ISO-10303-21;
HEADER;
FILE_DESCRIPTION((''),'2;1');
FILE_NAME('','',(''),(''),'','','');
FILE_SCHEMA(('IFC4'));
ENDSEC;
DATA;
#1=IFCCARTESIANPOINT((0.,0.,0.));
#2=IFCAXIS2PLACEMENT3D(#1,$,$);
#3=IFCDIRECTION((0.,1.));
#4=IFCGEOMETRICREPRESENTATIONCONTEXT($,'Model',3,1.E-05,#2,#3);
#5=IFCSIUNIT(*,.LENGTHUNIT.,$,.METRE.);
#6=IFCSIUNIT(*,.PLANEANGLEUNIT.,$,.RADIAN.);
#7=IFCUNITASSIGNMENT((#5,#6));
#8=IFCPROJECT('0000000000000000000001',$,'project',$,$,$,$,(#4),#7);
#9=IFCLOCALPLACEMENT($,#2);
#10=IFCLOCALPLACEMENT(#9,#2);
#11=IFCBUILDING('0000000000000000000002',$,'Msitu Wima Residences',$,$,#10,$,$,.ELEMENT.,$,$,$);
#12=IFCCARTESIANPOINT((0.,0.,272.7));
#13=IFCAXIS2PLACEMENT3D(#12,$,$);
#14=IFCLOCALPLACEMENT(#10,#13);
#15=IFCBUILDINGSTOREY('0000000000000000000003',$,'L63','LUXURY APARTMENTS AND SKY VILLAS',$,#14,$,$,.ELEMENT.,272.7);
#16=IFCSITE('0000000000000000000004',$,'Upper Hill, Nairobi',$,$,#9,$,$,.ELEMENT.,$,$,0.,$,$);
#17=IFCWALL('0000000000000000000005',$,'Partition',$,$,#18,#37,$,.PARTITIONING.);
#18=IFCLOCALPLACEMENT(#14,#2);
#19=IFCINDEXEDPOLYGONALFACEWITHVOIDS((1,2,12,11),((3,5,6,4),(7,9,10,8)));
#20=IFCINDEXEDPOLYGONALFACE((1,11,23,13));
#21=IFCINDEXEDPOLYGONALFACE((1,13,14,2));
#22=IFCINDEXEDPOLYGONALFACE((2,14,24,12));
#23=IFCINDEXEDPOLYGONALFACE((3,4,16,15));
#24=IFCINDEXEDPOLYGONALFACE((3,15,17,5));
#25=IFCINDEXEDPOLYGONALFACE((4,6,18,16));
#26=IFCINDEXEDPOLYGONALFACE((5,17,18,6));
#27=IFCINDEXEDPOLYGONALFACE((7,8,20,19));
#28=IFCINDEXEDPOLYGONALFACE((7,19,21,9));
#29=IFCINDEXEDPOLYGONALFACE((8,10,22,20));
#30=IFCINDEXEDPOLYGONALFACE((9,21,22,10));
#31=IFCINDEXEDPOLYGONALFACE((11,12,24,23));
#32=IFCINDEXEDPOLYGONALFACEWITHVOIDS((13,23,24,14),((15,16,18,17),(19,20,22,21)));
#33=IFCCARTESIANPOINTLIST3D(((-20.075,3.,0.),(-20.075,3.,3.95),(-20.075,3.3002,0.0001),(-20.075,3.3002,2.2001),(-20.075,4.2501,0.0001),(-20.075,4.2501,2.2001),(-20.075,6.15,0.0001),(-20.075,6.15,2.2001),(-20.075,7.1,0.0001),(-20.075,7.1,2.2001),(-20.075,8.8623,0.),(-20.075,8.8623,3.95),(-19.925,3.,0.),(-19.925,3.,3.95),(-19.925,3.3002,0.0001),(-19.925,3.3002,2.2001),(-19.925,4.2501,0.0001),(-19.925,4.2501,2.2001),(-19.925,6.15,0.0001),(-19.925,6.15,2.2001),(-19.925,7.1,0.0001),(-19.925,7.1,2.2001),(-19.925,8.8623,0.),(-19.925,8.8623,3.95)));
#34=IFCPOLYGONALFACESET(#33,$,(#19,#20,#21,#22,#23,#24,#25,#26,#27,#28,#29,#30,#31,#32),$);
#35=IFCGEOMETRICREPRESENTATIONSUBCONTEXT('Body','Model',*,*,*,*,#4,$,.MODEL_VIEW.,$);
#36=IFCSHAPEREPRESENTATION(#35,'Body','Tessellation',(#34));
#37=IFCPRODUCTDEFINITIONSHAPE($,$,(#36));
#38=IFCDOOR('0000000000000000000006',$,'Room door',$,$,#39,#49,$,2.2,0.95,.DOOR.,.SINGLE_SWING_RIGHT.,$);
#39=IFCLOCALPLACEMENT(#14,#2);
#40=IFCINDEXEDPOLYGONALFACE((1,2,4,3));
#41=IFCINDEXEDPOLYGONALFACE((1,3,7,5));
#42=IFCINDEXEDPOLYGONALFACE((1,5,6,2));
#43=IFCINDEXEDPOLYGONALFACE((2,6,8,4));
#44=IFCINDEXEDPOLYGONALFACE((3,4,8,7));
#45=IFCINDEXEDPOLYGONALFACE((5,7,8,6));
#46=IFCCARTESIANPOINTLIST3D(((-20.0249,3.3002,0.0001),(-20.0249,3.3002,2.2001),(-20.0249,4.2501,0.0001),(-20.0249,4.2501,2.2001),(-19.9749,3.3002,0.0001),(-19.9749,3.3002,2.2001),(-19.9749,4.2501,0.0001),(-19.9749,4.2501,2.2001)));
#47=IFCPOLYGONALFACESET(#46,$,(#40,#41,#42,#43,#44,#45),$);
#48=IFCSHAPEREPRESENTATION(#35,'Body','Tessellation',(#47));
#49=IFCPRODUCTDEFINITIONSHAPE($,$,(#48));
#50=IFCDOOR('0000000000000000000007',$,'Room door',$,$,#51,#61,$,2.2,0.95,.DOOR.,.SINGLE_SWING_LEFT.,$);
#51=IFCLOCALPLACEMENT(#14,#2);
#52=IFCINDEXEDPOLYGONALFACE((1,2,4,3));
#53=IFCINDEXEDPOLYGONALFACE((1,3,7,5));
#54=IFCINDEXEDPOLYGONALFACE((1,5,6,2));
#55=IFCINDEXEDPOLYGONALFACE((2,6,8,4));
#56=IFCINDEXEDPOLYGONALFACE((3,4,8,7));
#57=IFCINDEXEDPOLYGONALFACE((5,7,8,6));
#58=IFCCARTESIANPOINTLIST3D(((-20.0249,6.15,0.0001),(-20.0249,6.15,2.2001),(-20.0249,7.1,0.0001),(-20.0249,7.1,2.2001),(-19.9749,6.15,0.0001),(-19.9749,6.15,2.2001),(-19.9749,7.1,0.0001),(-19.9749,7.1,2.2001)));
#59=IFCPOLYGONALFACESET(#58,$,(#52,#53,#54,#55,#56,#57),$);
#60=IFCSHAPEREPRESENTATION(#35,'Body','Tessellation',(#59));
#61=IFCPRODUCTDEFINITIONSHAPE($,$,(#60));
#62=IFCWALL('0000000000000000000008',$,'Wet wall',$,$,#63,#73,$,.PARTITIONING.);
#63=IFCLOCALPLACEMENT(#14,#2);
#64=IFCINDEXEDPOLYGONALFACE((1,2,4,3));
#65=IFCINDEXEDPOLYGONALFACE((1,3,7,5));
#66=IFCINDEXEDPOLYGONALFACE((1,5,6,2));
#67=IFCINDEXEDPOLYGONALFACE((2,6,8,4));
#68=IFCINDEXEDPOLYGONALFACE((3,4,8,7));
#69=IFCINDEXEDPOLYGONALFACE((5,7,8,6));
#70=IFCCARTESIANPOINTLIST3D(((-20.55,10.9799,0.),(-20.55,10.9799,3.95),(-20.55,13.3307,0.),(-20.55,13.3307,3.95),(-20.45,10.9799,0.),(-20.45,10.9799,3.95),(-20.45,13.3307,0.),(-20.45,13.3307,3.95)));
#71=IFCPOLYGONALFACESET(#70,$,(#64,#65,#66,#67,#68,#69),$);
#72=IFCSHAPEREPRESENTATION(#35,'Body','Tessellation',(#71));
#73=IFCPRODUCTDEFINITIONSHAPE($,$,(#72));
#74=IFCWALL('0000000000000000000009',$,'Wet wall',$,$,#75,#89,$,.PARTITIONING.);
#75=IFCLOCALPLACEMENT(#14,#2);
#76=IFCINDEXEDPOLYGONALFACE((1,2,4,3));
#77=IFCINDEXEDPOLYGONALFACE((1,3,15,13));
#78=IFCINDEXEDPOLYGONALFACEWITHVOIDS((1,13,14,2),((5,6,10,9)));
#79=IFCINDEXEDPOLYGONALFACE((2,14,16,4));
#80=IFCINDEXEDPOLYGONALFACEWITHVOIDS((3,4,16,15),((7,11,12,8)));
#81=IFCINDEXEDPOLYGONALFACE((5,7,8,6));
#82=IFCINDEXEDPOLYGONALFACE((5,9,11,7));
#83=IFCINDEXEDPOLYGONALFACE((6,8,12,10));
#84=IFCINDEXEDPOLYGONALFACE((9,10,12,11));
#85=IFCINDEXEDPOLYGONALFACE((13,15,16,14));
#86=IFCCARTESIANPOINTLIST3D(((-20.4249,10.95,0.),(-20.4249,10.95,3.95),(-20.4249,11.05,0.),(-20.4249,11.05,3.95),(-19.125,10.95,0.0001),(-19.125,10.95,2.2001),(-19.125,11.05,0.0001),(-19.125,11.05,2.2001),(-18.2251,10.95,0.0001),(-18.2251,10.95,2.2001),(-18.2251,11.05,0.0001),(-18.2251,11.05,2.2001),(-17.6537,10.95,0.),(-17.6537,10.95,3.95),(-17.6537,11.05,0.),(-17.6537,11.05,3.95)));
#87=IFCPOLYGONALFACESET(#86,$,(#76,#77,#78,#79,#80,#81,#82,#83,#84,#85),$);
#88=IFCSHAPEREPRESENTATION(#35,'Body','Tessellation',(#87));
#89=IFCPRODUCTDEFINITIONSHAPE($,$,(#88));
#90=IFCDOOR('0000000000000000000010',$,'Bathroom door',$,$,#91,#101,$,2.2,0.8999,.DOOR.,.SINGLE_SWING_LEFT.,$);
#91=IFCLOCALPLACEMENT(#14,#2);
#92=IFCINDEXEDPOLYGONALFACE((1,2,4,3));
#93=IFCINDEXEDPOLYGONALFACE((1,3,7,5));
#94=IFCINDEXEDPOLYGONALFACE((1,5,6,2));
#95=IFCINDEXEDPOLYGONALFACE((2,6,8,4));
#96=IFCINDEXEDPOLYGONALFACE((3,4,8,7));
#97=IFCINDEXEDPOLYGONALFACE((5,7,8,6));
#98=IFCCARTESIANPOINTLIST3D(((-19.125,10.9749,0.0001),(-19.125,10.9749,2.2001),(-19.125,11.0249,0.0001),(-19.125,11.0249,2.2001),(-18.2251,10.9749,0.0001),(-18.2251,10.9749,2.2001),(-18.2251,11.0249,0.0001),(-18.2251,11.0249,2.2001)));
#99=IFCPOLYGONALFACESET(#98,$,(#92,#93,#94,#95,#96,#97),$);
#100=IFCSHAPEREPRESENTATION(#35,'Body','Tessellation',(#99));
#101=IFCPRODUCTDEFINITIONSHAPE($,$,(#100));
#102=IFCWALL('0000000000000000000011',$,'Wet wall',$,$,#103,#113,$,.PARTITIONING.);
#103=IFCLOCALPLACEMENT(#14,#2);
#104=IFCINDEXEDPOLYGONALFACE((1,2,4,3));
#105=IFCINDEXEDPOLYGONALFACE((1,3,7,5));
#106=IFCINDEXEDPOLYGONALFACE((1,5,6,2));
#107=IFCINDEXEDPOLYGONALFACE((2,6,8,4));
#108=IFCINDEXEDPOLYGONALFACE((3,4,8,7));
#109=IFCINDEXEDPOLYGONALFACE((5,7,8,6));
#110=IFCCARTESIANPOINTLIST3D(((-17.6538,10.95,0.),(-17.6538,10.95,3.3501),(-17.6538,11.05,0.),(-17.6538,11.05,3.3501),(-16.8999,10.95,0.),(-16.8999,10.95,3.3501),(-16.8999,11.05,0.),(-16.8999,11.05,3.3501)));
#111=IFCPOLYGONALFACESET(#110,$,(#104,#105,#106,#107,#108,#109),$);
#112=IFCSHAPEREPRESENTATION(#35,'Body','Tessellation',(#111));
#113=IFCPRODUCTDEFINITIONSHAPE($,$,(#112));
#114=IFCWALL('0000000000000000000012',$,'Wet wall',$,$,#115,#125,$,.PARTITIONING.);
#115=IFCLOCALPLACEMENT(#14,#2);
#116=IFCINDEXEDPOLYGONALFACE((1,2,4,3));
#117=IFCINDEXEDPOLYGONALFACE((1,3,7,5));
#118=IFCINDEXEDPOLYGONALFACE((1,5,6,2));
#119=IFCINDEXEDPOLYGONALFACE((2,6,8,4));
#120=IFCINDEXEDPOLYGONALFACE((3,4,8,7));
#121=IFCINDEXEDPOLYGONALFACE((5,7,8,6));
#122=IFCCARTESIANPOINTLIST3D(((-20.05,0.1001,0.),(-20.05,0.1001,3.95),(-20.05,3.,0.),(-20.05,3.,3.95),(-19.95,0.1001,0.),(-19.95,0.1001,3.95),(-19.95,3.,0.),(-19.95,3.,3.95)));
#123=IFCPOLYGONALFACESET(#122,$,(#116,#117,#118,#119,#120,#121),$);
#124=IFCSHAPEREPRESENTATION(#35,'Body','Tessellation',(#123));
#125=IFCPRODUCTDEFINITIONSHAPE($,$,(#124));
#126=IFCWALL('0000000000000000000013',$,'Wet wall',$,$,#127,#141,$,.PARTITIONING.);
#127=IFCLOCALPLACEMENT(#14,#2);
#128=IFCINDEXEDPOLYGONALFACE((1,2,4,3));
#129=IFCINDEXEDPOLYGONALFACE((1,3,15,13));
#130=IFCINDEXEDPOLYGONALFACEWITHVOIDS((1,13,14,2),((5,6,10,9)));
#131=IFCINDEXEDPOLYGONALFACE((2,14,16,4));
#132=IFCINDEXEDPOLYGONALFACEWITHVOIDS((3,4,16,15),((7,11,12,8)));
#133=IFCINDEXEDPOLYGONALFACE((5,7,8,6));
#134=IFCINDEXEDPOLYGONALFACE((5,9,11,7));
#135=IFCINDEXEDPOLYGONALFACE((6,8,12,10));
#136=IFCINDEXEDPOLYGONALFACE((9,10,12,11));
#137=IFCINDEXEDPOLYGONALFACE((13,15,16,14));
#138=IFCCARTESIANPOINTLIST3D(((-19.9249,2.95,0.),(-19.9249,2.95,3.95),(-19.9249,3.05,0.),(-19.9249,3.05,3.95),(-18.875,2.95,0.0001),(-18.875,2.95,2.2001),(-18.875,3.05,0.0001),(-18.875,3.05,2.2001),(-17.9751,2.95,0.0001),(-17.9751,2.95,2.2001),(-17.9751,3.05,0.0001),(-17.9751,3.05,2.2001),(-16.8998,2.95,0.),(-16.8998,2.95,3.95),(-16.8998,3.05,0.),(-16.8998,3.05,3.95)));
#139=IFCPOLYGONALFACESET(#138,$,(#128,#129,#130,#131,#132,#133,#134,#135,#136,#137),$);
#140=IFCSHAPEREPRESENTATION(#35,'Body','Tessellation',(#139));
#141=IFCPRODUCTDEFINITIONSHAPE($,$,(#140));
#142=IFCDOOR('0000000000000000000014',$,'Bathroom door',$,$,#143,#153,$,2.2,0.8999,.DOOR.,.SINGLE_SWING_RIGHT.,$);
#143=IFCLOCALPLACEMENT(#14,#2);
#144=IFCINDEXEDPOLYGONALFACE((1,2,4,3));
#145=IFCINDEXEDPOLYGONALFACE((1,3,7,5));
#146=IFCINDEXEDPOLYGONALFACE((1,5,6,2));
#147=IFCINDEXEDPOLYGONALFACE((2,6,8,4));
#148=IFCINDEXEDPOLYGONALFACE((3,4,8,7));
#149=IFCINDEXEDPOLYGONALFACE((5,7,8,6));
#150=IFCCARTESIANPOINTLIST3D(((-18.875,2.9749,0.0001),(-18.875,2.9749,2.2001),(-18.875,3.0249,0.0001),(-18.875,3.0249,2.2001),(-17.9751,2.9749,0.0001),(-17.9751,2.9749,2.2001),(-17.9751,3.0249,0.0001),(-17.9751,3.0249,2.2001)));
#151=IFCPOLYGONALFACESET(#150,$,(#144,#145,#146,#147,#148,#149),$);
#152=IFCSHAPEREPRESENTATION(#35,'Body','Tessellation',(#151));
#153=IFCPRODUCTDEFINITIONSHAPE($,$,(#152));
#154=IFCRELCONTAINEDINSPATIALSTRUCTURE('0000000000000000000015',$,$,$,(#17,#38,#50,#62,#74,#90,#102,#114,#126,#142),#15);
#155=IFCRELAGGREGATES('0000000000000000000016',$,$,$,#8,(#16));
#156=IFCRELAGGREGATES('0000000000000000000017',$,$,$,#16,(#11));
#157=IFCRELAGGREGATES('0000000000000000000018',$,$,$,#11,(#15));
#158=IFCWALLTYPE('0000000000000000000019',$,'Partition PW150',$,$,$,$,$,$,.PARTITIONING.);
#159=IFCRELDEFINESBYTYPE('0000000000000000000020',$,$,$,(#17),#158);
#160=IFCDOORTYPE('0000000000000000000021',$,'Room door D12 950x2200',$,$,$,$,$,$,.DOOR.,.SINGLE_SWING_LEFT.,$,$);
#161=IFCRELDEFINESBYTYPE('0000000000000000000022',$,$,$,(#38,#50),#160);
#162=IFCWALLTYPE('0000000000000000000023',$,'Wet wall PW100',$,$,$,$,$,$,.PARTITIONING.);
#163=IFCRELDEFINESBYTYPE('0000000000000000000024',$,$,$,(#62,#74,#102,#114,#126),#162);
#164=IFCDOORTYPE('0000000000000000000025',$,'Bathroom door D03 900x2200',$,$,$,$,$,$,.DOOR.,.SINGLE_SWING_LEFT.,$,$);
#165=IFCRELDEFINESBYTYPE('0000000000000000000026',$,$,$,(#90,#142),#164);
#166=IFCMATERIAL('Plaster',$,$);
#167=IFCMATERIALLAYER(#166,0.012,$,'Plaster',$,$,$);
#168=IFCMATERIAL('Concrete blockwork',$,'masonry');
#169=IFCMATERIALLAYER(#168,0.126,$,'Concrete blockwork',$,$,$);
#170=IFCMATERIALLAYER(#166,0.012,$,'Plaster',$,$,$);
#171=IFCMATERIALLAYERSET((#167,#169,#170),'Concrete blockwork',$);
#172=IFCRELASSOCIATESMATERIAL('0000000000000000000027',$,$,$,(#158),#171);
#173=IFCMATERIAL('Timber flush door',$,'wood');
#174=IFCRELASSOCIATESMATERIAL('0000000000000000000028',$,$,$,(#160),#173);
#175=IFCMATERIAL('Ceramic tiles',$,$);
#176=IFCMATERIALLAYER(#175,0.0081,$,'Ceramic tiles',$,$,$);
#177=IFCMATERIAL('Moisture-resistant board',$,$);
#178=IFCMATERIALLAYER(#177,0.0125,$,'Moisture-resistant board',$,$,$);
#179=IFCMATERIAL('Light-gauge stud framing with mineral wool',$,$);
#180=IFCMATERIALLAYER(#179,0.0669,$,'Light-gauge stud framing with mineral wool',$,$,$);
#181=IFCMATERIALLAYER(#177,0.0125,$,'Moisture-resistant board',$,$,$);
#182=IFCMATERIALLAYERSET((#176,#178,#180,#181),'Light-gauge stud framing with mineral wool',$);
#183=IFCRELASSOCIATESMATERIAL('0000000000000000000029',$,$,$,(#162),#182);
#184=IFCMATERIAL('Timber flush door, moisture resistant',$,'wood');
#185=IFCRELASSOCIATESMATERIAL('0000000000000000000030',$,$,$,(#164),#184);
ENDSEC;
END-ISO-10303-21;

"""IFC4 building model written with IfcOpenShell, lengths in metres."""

from ifc_helpers import new_model, si_unit, direction, frame, frame_2d, origin, place, context, subcontext, project, spatial, rectangle, extrude, material, layer, layer_set, type_object, element, fill, save


model = new_model("IFC4")

# Units and contexts
model_context = context("Model", 3, precision=1e-05, world=origin(), true_north=direction((0.0, 1.0)))
body_context = subcontext(model_context, "Body", "Model", "MODEL_VIEW")
ifc_project = project(units=[si_unit("LENGTHUNIT", "METRE"), si_unit("PLANEANGLEUNIT", "RADIAN")], contexts=[model_context])

# Site, building, storey
site_placement = place(None, origin())
site = spatial("IfcSite", under=ifc_project, at=site_placement, Name="Upper Hill, Nairobi", CompositionType="ELEMENT", RefElevation=0.0)
building_placement = place(site_placement, origin())
building = spatial("IfcBuilding", under=site, at=building_placement, Name="Msitu Wima Residences", CompositionType="ELEMENT")
storey_placement = place(building_placement, frame((0.0, 0.0, 272.7)))
storey = spatial("IfcBuildingStorey", under=building, at=storey_placement, Name="L63", Description="LUXURY APARTMENTS AND SKY VILLAS", CompositionType="ELEMENT", Elevation=272.7)

# Shared definitions
ifc_material_1 = material(Name="Plaster")
ifc_material_2 = material(Name="Concrete blockwork", Category="masonry")
ifc_layer_1 = layer(ifc_material_1, 0.012, Name="Plaster")
ifc_layer_2 = layer(ifc_material_2, 0.126, Name="Concrete blockwork")
ifc_layer_3 = layer(ifc_material_1, 0.012, Name="Plaster")
ifc_layer_set_1 = layer_set([ifc_layer_1, ifc_layer_2, ifc_layer_3], Name="Concrete blockwork")
wall_type_1 = type_object("IfcWallType", Name="Partition PW150", PredefinedType="PARTITIONING", material=ifc_layer_set_1)

# Shared definitions
ifc_material_3 = material(Name="Timber flush door", Category="wood")
door_type_1 = type_object("IfcDoorType", Name="Room door D12 950x2200", OperationType="SINGLE_SWING_LEFT", PredefinedType="DOOR", material=ifc_material_3)

# Wall, openings, doors
wall_1_placement = place(storey_placement, frame((-20.0, 3.0, 0.0), z_axis=(0.0, 0.0, 1.0), x_axis=(0.0, 1.0, 0.0)))
wall_1 = element("IfcWall", 1, at=wall_1_placement, inside=storey, type_object=wall_type_1, Name="Partition", PredefinedType="PARTITIONING", context=body_context, shape_type="SweptSolid", body=[
    extrude(rectangle(XDim=5.8623, YDim=0.1499, at=frame_2d((2.9312, 0.0))), origin(), (0.0, 0.0, 1.0), 3.95),
])
opening_1_placement = place(wall_1_placement, frame((0.3, 0.0, 0.0)))
opening_1 = element("IfcOpeningElement", 2, at=opening_1_placement, cuts=wall_1, PredefinedType="OPENING", context=body_context, shape_type="SweptSolid", body=[
    extrude(rectangle(XDim=0.95, YDim=2.2, at=frame_2d((0.4751, 1.1001))), frame((0.0, 0.085, 0.0), z_axis=(0.0, -1.0, 0.0), x_axis=(1.0, 0.0, 0.0)), (0.0, 0.0, 1.0), 0.1699),
])
opening_2_placement = place(wall_1_placement, frame((3.1499, 0.0, 0.0)))
opening_2 = element("IfcOpeningElement", 3, at=opening_2_placement, cuts=wall_1, PredefinedType="OPENING", context=body_context, shape_type="SweptSolid", body=[
    extrude(rectangle(XDim=0.95, YDim=2.2, at=frame_2d((0.4751, 1.1001))), frame((0.0, 0.085, 0.0), z_axis=(0.0, -1.0, 0.0), x_axis=(1.0, 0.0, 0.0)), (0.0, 0.0, 1.0), 0.1699),
])
door_1_placement = place(opening_1_placement, origin())
door_1 = element("IfcDoor", 4, at=door_1_placement, inside=storey, type_object=door_type_1, Name="Room door", OperationType="SINGLE_SWING_RIGHT", OverallHeight=2.2, OverallWidth=0.95, PredefinedType="DOOR", context=body_context, shape_type="SweptSolid", body=[
    extrude(rectangle(XDim=0.95, YDim=2.2, at=frame_2d((0.4751, 1.1001))), frame((0.0, 0.0249, 0.0), z_axis=(0.0, -1.0, 0.0), x_axis=(1.0, 0.0, 0.0)), (0.0, 0.0, 1.0), 0.05),
])
fill(opening_1, door_1)
door_2_placement = place(opening_2_placement, origin())
door_2 = element("IfcDoor", 5, at=door_2_placement, inside=storey, type_object=door_type_1, Name="Room door", OperationType="SINGLE_SWING_LEFT", OverallHeight=2.2, OverallWidth=0.95, PredefinedType="DOOR", context=body_context, shape_type="SweptSolid", body=[
    extrude(rectangle(XDim=0.95, YDim=2.2, at=frame_2d((0.4751, 1.1001))), frame((0.0, 0.0249, 0.0), z_axis=(0.0, -1.0, 0.0), x_axis=(1.0, 0.0, 0.0)), (0.0, 0.0, 1.0), 0.05),
])
fill(opening_2, door_2)

# Wall
ifc_material_4 = material(Name="Ceramic tiles")
ifc_layer_4 = layer(ifc_material_4, 0.0081, Name="Ceramic tiles")
ifc_material_5 = material(Name="Moisture-resistant board")
ifc_layer_5 = layer(ifc_material_5, 0.0125, Name="Moisture-resistant board")
ifc_material_6 = material(Name="Light-gauge stud framing with mineral wool")
ifc_layer_6 = layer(ifc_material_6, 0.0669, Name="Light-gauge stud framing with mineral wool")
ifc_layer_7 = layer(ifc_material_5, 0.0125, Name="Moisture-resistant board")
ifc_layer_set_2 = layer_set([ifc_layer_4, ifc_layer_5, ifc_layer_6, ifc_layer_7], Name="Light-gauge stud framing with mineral wool")
wall_type_2 = type_object("IfcWallType", Name="Wet wall PW100", PredefinedType="PARTITIONING", material=ifc_layer_set_2)
wall_2_placement = place(storey_placement, frame((-20.5, 10.98, 0.0), z_axis=(0.0, 0.0, 1.0), x_axis=(0.0, 1.0, 0.0)))
element("IfcWall", 6, at=wall_2_placement, inside=storey, type_object=wall_type_2, Name="Wet wall", PredefinedType="PARTITIONING", context=body_context, shape_type="SweptSolid", body=[
    extrude(rectangle(XDim=2.3508, YDim=0.1001, at=frame_2d((1.1753, 0.0))), origin(), (0.0, 0.0, 1.0), 3.95),
])

# Wall, opening, door
wall_3_placement = place(storey_placement, frame((-20.425, 11.0, 0.0), z_axis=(0.0, 0.0, 1.0), x_axis=(1.0, 0.0, 0.0)))
wall_3 = element("IfcWall", 7, at=wall_3_placement, inside=storey, type_object=wall_type_2, Name="Wet wall", PredefinedType="PARTITIONING", context=body_context, shape_type="SweptSolid", body=[
    extrude(rectangle(XDim=2.7712, YDim=0.1001, at=frame_2d((1.3857, 0.0))), origin(), (0.0, 0.0, 1.0), 3.95),
])
opening_3_placement = place(wall_3_placement, frame((1.3, 0.0, 0.0)))
opening_3 = element("IfcOpeningElement", 8, at=opening_3_placement, cuts=wall_3, PredefinedType="OPENING", context=body_context, shape_type="SweptSolid", body=[
    extrude(rectangle(XDim=0.8999, YDim=2.2, at=frame_2d((0.45, 1.1001))), frame((0.0, 0.0601, 0.0), z_axis=(0.0, -1.0, 0.0), x_axis=(1.0, 0.0, 0.0)), (0.0, 0.0, 1.0), 0.1201),
])
ifc_material_7 = material(Name="Timber flush door, moisture resistant", Category="wood")
door_type_2 = type_object("IfcDoorType", Name="Bathroom door D03 900x2200", OperationType="SINGLE_SWING_LEFT", PredefinedType="DOOR", material=ifc_material_7)
door_3_placement = place(opening_3_placement, origin())
door_3 = element("IfcDoor", 9, at=door_3_placement, inside=storey, type_object=door_type_2, Name="Bathroom door", OperationType="SINGLE_SWING_LEFT", OverallHeight=2.2, OverallWidth=0.8999, PredefinedType="DOOR", context=body_context, shape_type="SweptSolid", body=[
    extrude(rectangle(XDim=0.8999, YDim=2.2, at=frame_2d((0.45, 1.1001))), frame((0.0, 0.0249, 0.0), z_axis=(0.0, -1.0, 0.0), x_axis=(1.0, 0.0, 0.0)), (0.0, 0.0, 1.0), 0.05),
])
fill(opening_3, door_3)

# Walls
wall_4_placement = place(storey_placement, frame((-17.6538, 11.0, 0.0), z_axis=(0.0, 0.0, 1.0), x_axis=(1.0, 0.0, 0.0)))
element("IfcWall", 10, at=wall_4_placement, inside=storey, type_object=wall_type_2, Name="Wet wall", PredefinedType="PARTITIONING", context=body_context, shape_type="SweptSolid", body=[
    extrude(rectangle(XDim=0.7539, YDim=0.1001, at=frame_2d((0.377, 0.0))), origin(), (0.0, 0.0, 1.0), 3.3501),
])
wall_5_placement = place(storey_placement, frame((-20.0, 0.1001, 0.0), z_axis=(0.0, 0.0, 1.0), x_axis=(0.0, 1.0, 0.0)))
element("IfcWall", 11, at=wall_5_placement, inside=storey, type_object=wall_type_2, Name="Wet wall", PredefinedType="PARTITIONING", context=body_context, shape_type="SweptSolid", body=[
    extrude(rectangle(XDim=2.8999, YDim=0.1001, at=frame_2d((1.45, 0.0))), origin(), (0.0, 0.0, 1.0), 3.95),
])

# Wall, opening, door
wall_6_placement = place(storey_placement, frame((-19.925, 3.0, 0.0), z_axis=(0.0, 0.0, 1.0), x_axis=(1.0, 0.0, 0.0)))
wall_6 = element("IfcWall", 12, at=wall_6_placement, inside=storey, type_object=wall_type_2, Name="Wet wall", PredefinedType="PARTITIONING", context=body_context, shape_type="SweptSolid", body=[
    extrude(rectangle(XDim=3.0251, YDim=0.1001, at=frame_2d((1.5127, 0.0))), origin(), (0.0, 0.0, 1.0), 3.95),
])
opening_4_placement = place(wall_6_placement, frame((1.05, 0.0, 0.0)))
opening_4 = element("IfcOpeningElement", 13, at=opening_4_placement, cuts=wall_6, PredefinedType="OPENING", context=body_context, shape_type="SweptSolid", body=[
    extrude(rectangle(XDim=0.8999, YDim=2.2, at=frame_2d((0.45, 1.1001))), frame((0.0, 0.0601, 0.0), z_axis=(0.0, -1.0, 0.0), x_axis=(1.0, 0.0, 0.0)), (0.0, 0.0, 1.0), 0.1201),
])
door_4_placement = place(opening_4_placement, origin())
door_4 = element("IfcDoor", 14, at=door_4_placement, inside=storey, type_object=door_type_2, Name="Bathroom door", OperationType="SINGLE_SWING_RIGHT", OverallHeight=2.2, OverallWidth=0.8999, PredefinedType="DOOR", context=body_context, shape_type="SweptSolid", body=[
    extrude(rectangle(XDim=0.8999, YDim=2.2, at=frame_2d((0.45, 1.1001))), frame((0.0, 0.0249, 0.0), z_axis=(0.0, -1.0, 0.0), x_axis=(1.0, 0.0, 0.0)), (0.0, 0.0, 1.0), 0.05),
])
fill(opening_4, door_4)

save(model, "model.ifc")
